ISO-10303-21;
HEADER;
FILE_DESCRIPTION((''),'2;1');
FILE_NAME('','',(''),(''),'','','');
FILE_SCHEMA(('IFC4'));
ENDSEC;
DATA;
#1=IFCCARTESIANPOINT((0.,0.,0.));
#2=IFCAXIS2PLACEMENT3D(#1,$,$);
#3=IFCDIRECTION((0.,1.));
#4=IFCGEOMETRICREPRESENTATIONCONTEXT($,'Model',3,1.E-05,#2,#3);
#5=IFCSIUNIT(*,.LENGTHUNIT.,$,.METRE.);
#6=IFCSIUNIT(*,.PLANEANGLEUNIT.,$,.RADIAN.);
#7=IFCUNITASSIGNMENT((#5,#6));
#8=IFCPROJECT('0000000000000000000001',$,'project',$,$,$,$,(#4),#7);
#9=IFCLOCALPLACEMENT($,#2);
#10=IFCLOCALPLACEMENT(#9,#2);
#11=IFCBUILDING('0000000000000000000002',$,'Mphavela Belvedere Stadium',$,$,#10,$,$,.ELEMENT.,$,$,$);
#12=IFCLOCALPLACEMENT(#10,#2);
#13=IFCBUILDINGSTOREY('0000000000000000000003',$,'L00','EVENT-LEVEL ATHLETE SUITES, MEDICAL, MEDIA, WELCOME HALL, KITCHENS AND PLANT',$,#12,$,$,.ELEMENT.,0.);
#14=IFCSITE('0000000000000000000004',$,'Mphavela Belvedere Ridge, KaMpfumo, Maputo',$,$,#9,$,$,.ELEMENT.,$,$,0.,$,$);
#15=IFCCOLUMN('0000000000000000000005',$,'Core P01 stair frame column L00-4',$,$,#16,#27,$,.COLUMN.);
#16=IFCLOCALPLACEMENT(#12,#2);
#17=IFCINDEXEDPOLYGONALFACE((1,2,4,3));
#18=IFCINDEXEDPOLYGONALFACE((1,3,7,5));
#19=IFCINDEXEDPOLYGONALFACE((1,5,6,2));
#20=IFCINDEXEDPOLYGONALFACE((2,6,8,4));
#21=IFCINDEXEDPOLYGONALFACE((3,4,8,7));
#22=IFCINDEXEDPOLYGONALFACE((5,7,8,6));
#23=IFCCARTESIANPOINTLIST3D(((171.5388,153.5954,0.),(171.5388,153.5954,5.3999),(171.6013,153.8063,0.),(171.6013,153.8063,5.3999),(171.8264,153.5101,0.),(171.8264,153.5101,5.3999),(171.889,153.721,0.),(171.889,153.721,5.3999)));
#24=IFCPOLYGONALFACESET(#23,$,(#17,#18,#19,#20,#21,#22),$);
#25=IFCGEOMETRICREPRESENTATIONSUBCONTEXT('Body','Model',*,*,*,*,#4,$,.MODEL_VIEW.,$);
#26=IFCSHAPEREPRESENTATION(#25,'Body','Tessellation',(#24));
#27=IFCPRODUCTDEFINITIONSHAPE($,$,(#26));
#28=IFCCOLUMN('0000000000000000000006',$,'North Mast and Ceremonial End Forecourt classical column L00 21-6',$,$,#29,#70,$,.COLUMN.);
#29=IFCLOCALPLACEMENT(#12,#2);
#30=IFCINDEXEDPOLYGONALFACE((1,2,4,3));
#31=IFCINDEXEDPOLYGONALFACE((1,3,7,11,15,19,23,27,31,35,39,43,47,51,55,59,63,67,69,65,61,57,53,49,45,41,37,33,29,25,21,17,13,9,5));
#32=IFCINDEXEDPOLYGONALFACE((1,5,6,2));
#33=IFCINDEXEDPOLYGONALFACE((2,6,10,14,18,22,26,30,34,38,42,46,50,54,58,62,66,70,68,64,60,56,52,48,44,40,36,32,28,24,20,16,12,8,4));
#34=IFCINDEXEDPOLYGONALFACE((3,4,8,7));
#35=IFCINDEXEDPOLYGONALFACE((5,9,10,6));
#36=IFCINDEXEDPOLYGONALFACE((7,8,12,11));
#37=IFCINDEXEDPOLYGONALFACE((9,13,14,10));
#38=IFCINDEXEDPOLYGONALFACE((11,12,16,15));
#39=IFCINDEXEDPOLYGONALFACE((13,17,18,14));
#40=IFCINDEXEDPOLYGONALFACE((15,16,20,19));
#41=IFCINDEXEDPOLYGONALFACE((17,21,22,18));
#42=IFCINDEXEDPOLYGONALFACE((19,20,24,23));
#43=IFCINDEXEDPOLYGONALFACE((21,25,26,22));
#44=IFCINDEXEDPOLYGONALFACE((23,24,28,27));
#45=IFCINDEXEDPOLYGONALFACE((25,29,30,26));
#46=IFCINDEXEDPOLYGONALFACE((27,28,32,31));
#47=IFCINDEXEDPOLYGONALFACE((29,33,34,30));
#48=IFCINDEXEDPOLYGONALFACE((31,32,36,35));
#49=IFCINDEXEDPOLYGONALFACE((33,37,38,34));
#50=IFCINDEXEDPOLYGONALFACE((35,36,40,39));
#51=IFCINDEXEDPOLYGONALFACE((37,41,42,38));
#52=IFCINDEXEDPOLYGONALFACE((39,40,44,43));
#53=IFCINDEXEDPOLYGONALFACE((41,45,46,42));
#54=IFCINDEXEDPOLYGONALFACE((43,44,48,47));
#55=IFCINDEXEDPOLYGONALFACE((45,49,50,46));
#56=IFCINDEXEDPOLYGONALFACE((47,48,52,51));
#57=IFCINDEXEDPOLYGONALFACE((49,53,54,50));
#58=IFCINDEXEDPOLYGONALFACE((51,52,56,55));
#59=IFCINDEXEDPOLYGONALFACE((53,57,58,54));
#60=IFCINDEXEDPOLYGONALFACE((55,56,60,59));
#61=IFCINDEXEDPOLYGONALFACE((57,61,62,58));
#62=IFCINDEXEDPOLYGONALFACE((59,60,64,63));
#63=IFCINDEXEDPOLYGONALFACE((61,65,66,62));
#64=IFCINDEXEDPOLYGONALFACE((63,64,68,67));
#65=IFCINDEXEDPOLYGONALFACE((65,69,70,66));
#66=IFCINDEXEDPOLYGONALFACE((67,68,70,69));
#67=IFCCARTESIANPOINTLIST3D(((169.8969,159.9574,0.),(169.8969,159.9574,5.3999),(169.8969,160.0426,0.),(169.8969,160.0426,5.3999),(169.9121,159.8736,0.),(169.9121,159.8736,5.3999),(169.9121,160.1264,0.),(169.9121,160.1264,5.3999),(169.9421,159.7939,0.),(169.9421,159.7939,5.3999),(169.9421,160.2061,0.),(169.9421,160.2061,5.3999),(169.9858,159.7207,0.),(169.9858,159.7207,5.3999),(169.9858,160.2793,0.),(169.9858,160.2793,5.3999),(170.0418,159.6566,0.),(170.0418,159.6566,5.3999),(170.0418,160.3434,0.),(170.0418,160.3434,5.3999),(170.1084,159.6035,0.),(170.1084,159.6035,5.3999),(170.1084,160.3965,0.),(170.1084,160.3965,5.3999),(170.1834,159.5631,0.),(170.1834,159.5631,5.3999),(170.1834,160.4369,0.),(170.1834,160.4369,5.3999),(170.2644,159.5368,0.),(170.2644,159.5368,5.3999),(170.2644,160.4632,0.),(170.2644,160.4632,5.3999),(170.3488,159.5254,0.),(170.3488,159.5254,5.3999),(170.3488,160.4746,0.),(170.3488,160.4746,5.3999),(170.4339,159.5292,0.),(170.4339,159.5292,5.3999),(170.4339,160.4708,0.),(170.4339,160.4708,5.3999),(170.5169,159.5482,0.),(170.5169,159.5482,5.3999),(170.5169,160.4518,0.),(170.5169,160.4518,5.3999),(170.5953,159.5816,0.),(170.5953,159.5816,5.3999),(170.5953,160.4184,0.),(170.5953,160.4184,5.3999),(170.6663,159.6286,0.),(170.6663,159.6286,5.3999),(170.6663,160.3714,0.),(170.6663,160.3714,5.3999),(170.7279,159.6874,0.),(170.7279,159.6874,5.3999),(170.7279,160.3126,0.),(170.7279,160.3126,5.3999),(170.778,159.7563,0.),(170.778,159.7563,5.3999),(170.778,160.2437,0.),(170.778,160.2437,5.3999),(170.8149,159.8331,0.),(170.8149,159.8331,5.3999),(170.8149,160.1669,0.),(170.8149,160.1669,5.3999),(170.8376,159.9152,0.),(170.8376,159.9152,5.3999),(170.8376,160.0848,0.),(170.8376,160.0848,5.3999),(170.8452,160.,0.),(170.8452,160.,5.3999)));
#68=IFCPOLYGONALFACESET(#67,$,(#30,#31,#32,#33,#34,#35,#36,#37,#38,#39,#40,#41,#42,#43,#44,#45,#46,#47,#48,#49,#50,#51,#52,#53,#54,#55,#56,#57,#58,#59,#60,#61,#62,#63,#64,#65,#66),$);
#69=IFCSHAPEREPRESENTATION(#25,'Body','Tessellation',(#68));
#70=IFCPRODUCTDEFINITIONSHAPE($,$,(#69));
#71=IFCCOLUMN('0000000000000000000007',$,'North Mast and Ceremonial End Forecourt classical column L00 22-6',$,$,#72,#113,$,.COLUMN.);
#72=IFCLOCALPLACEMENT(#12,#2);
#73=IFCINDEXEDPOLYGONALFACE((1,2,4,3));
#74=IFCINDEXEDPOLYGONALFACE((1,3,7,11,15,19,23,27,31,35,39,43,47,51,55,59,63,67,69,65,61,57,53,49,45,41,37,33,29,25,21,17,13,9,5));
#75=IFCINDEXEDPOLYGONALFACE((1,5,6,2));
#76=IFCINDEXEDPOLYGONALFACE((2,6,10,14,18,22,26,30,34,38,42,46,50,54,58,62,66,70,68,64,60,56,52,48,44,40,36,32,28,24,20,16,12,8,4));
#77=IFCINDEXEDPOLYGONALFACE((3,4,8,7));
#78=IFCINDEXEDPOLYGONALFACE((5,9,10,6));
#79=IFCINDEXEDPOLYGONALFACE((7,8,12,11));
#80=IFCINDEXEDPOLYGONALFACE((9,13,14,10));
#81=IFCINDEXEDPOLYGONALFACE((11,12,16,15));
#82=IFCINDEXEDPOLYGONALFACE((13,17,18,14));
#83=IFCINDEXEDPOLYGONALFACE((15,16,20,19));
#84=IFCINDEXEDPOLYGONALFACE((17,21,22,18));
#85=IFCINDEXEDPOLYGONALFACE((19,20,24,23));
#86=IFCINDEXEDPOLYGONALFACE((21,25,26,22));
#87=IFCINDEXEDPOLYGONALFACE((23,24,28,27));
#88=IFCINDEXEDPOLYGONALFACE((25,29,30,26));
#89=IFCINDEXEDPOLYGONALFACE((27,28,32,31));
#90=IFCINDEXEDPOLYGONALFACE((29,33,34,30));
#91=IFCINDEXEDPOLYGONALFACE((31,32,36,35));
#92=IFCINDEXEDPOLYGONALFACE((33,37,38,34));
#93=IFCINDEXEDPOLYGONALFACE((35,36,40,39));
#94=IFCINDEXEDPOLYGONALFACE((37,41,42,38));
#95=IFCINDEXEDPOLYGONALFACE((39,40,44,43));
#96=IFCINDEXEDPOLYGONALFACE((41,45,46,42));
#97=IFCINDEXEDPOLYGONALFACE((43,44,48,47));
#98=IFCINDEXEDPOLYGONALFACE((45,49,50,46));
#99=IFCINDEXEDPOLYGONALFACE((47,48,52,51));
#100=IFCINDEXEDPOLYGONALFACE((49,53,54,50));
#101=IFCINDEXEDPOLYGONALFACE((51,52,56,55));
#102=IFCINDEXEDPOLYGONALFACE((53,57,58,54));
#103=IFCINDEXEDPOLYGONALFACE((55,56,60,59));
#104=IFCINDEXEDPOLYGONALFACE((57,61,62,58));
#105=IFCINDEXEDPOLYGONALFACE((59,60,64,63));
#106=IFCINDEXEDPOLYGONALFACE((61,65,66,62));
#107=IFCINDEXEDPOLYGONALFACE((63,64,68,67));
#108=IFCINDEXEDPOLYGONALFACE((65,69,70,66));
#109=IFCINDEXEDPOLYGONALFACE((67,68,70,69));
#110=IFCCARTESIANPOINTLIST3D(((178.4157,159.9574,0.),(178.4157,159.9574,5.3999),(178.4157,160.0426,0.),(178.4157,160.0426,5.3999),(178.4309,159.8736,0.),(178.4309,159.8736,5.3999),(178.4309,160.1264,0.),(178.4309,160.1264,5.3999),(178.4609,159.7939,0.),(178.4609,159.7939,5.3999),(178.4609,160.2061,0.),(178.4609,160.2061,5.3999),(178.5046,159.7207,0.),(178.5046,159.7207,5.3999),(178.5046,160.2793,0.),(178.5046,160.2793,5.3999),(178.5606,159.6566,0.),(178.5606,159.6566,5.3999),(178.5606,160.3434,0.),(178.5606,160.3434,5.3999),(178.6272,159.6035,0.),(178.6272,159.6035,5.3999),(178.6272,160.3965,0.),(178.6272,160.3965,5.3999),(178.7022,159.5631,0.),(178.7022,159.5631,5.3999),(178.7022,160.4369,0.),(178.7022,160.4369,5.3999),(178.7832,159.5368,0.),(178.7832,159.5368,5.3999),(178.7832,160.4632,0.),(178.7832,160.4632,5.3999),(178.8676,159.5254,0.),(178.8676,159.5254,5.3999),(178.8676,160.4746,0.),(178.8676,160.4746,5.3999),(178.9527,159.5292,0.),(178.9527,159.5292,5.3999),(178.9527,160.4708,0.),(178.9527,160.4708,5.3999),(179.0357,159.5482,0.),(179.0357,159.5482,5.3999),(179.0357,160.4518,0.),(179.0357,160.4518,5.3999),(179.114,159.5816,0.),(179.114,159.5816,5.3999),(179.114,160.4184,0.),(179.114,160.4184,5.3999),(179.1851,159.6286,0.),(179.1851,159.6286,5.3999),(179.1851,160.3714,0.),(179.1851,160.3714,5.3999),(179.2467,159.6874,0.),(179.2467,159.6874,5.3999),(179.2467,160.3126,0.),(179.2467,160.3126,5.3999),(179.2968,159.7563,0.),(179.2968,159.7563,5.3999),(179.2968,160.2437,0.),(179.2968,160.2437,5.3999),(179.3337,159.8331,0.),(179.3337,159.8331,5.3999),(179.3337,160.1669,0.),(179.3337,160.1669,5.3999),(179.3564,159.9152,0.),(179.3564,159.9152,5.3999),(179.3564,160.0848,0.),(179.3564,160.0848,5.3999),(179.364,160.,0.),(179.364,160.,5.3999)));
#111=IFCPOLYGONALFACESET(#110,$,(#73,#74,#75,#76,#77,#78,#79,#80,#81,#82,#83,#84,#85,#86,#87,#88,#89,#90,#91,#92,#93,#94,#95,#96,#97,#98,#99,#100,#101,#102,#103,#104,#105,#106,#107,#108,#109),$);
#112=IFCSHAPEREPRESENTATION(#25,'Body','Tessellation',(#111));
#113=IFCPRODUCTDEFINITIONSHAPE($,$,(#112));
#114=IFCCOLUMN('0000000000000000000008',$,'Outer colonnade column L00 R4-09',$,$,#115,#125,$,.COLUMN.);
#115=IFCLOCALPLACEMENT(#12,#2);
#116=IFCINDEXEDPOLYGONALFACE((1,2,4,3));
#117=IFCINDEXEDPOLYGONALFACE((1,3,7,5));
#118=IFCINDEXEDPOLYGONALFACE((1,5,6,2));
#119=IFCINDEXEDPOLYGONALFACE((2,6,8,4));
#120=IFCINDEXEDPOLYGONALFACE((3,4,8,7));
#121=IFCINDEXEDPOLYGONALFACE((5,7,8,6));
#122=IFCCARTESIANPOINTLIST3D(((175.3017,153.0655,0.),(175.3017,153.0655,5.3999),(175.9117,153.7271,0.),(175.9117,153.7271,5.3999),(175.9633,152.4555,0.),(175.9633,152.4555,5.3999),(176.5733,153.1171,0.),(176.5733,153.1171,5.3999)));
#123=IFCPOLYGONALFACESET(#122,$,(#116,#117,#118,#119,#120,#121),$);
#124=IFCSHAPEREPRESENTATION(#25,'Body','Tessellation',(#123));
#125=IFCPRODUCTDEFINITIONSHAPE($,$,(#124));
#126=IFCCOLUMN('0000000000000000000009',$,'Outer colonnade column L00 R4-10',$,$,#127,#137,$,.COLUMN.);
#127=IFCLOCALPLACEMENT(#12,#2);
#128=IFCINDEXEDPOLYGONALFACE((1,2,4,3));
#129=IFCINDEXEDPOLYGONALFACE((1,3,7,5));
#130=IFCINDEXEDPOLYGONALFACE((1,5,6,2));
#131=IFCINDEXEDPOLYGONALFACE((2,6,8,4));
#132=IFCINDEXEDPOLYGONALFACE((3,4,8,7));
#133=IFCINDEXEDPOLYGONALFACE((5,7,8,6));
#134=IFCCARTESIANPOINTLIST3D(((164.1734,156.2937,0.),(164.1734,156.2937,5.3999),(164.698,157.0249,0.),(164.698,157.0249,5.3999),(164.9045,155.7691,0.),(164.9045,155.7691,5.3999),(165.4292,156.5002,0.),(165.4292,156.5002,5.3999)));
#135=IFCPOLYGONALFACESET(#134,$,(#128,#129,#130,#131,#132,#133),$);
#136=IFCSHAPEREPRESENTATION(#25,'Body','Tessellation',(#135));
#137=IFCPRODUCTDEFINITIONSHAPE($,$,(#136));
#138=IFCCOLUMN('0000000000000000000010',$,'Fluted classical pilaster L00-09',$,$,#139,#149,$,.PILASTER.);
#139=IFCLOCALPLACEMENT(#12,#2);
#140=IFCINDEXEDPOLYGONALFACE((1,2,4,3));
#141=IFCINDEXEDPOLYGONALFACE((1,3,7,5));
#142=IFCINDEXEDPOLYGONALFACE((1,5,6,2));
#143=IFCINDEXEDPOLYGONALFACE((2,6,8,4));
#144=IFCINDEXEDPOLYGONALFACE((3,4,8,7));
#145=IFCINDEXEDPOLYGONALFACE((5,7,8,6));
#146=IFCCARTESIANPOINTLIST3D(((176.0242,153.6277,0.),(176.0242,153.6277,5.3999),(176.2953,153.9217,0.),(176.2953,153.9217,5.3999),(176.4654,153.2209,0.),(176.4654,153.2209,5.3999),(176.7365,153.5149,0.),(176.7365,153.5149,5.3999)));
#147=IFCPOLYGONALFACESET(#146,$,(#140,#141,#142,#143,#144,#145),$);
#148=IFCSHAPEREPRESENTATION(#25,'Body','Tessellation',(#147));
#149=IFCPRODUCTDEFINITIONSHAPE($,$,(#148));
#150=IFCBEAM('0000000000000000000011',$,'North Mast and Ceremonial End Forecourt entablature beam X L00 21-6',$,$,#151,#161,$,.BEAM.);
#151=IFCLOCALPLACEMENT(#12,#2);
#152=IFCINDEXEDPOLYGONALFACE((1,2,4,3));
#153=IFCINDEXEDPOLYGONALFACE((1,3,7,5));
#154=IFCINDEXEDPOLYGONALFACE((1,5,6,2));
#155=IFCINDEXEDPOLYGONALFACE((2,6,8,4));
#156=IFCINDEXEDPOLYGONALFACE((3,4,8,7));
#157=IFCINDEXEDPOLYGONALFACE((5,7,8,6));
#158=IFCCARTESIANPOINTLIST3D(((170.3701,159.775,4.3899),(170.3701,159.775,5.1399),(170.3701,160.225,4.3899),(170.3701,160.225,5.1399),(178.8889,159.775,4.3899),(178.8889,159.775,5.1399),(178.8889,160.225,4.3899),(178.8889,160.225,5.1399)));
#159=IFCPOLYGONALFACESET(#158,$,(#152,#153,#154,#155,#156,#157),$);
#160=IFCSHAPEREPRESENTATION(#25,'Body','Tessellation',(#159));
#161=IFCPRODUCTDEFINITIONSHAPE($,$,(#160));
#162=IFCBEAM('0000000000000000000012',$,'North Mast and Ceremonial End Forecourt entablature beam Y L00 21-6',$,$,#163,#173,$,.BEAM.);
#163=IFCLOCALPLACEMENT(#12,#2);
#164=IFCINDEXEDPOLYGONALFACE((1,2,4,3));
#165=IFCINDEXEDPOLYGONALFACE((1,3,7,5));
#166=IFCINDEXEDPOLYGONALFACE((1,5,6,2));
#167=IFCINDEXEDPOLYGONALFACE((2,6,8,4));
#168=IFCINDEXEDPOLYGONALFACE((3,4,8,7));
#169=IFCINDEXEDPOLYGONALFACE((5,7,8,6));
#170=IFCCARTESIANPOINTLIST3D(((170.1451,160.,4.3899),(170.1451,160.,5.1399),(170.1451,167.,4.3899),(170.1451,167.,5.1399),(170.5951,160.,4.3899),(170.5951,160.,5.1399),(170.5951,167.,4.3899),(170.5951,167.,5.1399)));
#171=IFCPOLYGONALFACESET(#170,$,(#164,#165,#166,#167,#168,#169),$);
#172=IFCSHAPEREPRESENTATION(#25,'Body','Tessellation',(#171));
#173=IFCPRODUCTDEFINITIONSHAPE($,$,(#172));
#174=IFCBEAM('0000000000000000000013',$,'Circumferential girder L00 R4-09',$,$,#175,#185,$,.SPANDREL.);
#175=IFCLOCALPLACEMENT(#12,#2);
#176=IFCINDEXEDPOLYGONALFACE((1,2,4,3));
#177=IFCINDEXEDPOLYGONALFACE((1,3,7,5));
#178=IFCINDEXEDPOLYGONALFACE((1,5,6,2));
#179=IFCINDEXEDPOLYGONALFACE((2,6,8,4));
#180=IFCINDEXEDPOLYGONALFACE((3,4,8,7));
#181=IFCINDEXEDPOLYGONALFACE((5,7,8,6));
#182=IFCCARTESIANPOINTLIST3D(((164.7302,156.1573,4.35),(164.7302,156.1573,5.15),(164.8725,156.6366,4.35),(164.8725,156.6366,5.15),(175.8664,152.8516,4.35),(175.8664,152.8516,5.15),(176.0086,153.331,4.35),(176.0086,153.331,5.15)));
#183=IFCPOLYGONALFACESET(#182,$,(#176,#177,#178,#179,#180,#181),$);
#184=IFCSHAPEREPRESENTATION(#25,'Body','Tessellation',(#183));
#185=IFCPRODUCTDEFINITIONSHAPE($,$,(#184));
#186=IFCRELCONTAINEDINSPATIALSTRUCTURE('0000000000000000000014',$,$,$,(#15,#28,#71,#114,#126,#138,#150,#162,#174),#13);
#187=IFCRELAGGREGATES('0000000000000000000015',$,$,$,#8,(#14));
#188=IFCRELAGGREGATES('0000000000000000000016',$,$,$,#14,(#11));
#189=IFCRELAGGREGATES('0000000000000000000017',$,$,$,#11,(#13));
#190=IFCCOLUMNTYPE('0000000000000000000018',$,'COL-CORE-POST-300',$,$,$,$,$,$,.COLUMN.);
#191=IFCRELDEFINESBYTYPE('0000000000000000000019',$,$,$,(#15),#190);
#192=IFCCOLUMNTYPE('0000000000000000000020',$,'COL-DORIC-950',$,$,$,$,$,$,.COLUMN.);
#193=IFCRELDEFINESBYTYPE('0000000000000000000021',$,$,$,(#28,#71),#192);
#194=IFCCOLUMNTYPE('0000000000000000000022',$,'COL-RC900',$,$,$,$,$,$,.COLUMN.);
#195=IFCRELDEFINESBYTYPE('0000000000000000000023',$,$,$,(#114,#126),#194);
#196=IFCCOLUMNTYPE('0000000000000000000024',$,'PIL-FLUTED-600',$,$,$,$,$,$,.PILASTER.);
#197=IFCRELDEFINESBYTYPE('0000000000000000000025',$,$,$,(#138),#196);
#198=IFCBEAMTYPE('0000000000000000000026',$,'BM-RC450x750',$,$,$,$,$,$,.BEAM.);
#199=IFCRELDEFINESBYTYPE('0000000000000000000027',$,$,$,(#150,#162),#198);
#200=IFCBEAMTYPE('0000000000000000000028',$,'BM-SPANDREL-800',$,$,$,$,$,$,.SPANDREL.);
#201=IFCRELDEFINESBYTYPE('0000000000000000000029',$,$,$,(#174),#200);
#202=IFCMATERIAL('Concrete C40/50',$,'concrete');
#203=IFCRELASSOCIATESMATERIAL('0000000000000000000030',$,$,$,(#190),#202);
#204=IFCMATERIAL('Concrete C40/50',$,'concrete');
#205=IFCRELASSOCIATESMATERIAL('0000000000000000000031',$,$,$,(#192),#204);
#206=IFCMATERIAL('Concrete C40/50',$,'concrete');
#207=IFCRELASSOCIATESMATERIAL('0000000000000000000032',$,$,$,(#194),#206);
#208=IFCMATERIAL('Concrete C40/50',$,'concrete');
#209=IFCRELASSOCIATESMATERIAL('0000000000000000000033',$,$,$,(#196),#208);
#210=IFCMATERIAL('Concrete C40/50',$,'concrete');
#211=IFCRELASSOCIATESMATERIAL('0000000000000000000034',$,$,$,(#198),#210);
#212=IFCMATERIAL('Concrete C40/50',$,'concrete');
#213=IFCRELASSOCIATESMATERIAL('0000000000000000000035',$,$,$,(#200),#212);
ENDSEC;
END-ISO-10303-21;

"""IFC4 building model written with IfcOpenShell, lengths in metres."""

from ifc_helpers import new_model, si_unit, direction, frame, origin, origin_2d, place, context, subcontext, project, spatial, rectangle, circle, extrude, material, material_profile, profile_set, type_object, element, save


model = new_model("IFC4")

# Units and contexts
model_context = context("Model", 3, precision=1e-05, world=origin(), true_north=direction((0.0, 1.0)))
body_context = subcontext(model_context, "Body", "Model", "MODEL_VIEW")
ifc_project = project(units=[si_unit("LENGTHUNIT", "METRE"), si_unit("PLANEANGLEUNIT", "RADIAN")], contexts=[model_context])

# Site, building, storey
site_placement = place(None, origin())
site = spatial("IfcSite", under=ifc_project, at=site_placement, Name="Mphavela Belvedere Ridge, KaMpfumo, Maputo", CompositionType="ELEMENT", RefElevation=0.0)
building_placement = place(site_placement, origin())
building = spatial("IfcBuilding", under=site, at=building_placement, Name="Mphavela Belvedere Stadium", CompositionType="ELEMENT")
storey_placement = place(building_placement, origin())
storey = spatial("IfcBuildingStorey", under=building, at=storey_placement, Name="L00", Description="EVENT-LEVEL ATHLETE SUITES, MEDICAL, MEDIA, WELCOME HALL, KITCHENS AND PLANT", CompositionType="ELEMENT", Elevation=0.0)

# Columns
ifc_material_1 = material(Name="Concrete C40/50", Category="concrete")
ifc_material_profile_1 = material_profile(ifc_material_1, rectangle(XDim=0.3, YDim=0.22, at=origin_2d()), Name="RC 300x220")
ifc_profile_set_1 = profile_set([ifc_material_profile_1], Name="Concrete C40/50")
column_type_1 = type_object("IfcColumnType", Name="COL-CORE-POST-300", PredefinedType="COLUMN", material=ifc_profile_set_1)
for number, where, z_axis, x_axis, name in (
    (1, (171.7139, 153.6582, 0.0), (0.0, 0.0, 1.0), (0.958671, -0.284517, 0.0), "Core P01 stair frame column L00-4"),
):
    element("IfcColumn", number, at=place(storey_placement, frame(where, z_axis=z_axis, x_axis=x_axis)), inside=storey, type_object=column_type_1, Name=name, PredefinedType="COLUMN", context=body_context, shape_type="SweptSolid", body=[
        extrude(rectangle(XDim=0.3, YDim=0.22, at=origin_2d()), origin(), (0.0, 0.0, 1.0), 5.3999),
    ])
ifc_material_2 = material(Name="Concrete C40/50", Category="concrete")
ifc_material_profile_2 = material_profile(ifc_material_2, circle(Radius=0.4751, at=origin_2d()), Name="COL D950")
ifc_profile_set_2 = profile_set([ifc_material_profile_2], Name="Concrete C40/50")
column_type_2 = type_object("IfcColumnType", Name="COL-DORIC-950", PredefinedType="COLUMN", material=ifc_profile_set_2)
for number, where, z_axis, x_axis, name in (
    (2, (170.3701, 160.0, 0.0), (0.0, 0.0, 1.0), (1.0, 0.0, 0.0), "North Mast and Ceremonial End Forecourt classical column L00 21-6"),
    (3, (178.8889, 160.0, 0.0), (0.0, 0.0, 1.0), (1.0, 0.0, 0.0), "North Mast and Ceremonial End Forecourt classical column L00 22-6"),
):
    element("IfcColumn", number, at=place(storey_placement, frame(where, z_axis=z_axis, x_axis=x_axis)), inside=storey, type_object=column_type_2, Name=name, PredefinedType="COLUMN", context=body_context, shape_type="SweptSolid", body=[
        extrude(circle(Radius=0.4751, at=origin_2d()), origin(), (0.0, 0.0, 1.0), 5.3999),
    ])
ifc_material_3 = material(Name="Concrete C40/50", Category="concrete")
ifc_material_profile_3 = material_profile(ifc_material_3, rectangle(XDim=0.8999, YDim=0.8999, at=origin_2d()), Name="RC 900x900")
ifc_profile_set_3 = profile_set([ifc_material_profile_3], Name="Concrete C40/50")
column_type_3 = type_object("IfcColumnType", Name="COL-RC900", PredefinedType="COLUMN", material=ifc_profile_set_3)
for number, where, z_axis, x_axis, name in (
    (4, (175.9375, 153.0913, 0.0), (0.0, 0.0, 1.0), (0.677903, 0.735151, 0.0), "Outer colonnade column L00 R4-09"),
    (5, (164.8013, 156.397, 0.0), (0.0, 0.0, 1.0), (0.582974, 0.812491, 0.0), "Outer colonnade column L00 R4-10"),
):
    element("IfcColumn", number, at=place(storey_placement, frame(where, z_axis=z_axis, x_axis=x_axis)), inside=storey, type_object=column_type_3, Name=name, PredefinedType="COLUMN", context=body_context, shape_type="SweptSolid", body=[
        extrude(rectangle(XDim=0.8999, YDim=0.8999, at=origin_2d()), origin(), (0.0, 0.0, 1.0), 5.3999),
    ])
ifc_material_4 = material(Name="Concrete C40/50", Category="concrete")
ifc_material_profile_4 = material_profile(ifc_material_4, rectangle(XDim=0.6001, YDim=0.3999, at=origin_2d()), Name="PIL 600x400")
ifc_profile_set_4 = profile_set([ifc_material_profile_4], Name="Concrete C40/50")
column_type_4 = type_object("IfcColumnType", Name="PIL-FLUTED-600", PredefinedType="PILASTER", material=ifc_profile_set_4)
column_placement = place(storey_placement, frame((176.3804, 153.5713, 0.0), z_axis=(0.0, 0.0, 1.0), x_axis=(-0.735151, 0.677903, 0.0)))
element("IfcColumn", 6, at=column_placement, inside=storey, type_object=column_type_4, Name="Fluted classical pilaster L00-09", PredefinedType="PILASTER", context=body_context, shape_type="SweptSolid", body=[
    extrude(rectangle(XDim=0.6001, YDim=0.3999, at=origin_2d()), origin(), (0.0, 0.0, 1.0), 5.3999),
])

# Beams
ifc_material_5 = material(Name="Concrete C40/50", Category="concrete")
ifc_material_profile_5 = material_profile(ifc_material_5, rectangle(XDim=0.45, YDim=0.75, at=origin_2d()), Name="RC 450x750")
ifc_profile_set_5 = profile_set([ifc_material_profile_5], Name="Concrete C40/50")
beam_type_1 = type_object("IfcBeamType", Name="BM-RC450x750", PredefinedType="BEAM", material=ifc_profile_set_5)
beam_1_placement = place(storey_placement, frame((170.3701, 160.0, 4.7649), z_axis=(1.0, 0.0, 0.0), x_axis=(0.0, 1.0, 0.0)))
element("IfcBeam", 7, at=beam_1_placement, inside=storey, type_object=beam_type_1, Name="North Mast and Ceremonial End Forecourt entablature beam X L00 21-6", PredefinedType="BEAM", context=body_context, shape_type="SweptSolid", body=[
    extrude(rectangle(XDim=0.45, YDim=0.75, at=origin_2d()), origin(), (0.0, 0.0, 1.0), 8.5188),
])
beam_2_placement = place(storey_placement, frame((170.3701, 160.0, 4.7649), z_axis=(0.0, 1.0, 0.0), x_axis=(-1.0, 0.0, 0.0)))
element("IfcBeam", 8, at=beam_2_placement, inside=storey, type_object=beam_type_1, Name="North Mast and Ceremonial End Forecourt entablature beam Y L00 21-6", PredefinedType="BEAM", context=body_context, shape_type="SweptSolid", body=[
    extrude(rectangle(XDim=0.45, YDim=0.75, at=origin_2d()), origin(), (0.0, 0.0, 1.0), 7.0),
])
ifc_material_6 = material(Name="Concrete C40/50", Category="concrete")
ifc_material_profile_6 = material_profile(ifc_material_6, rectangle(XDim=0.5, YDim=0.8, at=origin_2d()), Name="RC 500x800")
ifc_profile_set_6 = profile_set([ifc_material_profile_6], Name="Concrete C40/50")
beam_type_2 = type_object("IfcBeamType", Name="BM-SPANDREL-800", PredefinedType="SPANDREL", material=ifc_profile_set_6)
beam_3_placement = place(storey_placement, frame((175.9375, 153.0913, 4.75), z_axis=(-0.958656, 0.284566, 0.0), x_axis=(-0.284566, -0.958656, 0.0)))
element("IfcBeam", 9, at=beam_3_placement, inside=storey, type_object=beam_type_2, Name="Circumferential girder L00 R4-09", PredefinedType="SPANDREL", context=body_context, shape_type="SweptSolid", body=[
    extrude(rectangle(XDim=0.5, YDim=0.8, at=origin_2d()), origin(), (0.0, 0.0, 1.0), 11.6165),
])

save(model, "model.ifc")
